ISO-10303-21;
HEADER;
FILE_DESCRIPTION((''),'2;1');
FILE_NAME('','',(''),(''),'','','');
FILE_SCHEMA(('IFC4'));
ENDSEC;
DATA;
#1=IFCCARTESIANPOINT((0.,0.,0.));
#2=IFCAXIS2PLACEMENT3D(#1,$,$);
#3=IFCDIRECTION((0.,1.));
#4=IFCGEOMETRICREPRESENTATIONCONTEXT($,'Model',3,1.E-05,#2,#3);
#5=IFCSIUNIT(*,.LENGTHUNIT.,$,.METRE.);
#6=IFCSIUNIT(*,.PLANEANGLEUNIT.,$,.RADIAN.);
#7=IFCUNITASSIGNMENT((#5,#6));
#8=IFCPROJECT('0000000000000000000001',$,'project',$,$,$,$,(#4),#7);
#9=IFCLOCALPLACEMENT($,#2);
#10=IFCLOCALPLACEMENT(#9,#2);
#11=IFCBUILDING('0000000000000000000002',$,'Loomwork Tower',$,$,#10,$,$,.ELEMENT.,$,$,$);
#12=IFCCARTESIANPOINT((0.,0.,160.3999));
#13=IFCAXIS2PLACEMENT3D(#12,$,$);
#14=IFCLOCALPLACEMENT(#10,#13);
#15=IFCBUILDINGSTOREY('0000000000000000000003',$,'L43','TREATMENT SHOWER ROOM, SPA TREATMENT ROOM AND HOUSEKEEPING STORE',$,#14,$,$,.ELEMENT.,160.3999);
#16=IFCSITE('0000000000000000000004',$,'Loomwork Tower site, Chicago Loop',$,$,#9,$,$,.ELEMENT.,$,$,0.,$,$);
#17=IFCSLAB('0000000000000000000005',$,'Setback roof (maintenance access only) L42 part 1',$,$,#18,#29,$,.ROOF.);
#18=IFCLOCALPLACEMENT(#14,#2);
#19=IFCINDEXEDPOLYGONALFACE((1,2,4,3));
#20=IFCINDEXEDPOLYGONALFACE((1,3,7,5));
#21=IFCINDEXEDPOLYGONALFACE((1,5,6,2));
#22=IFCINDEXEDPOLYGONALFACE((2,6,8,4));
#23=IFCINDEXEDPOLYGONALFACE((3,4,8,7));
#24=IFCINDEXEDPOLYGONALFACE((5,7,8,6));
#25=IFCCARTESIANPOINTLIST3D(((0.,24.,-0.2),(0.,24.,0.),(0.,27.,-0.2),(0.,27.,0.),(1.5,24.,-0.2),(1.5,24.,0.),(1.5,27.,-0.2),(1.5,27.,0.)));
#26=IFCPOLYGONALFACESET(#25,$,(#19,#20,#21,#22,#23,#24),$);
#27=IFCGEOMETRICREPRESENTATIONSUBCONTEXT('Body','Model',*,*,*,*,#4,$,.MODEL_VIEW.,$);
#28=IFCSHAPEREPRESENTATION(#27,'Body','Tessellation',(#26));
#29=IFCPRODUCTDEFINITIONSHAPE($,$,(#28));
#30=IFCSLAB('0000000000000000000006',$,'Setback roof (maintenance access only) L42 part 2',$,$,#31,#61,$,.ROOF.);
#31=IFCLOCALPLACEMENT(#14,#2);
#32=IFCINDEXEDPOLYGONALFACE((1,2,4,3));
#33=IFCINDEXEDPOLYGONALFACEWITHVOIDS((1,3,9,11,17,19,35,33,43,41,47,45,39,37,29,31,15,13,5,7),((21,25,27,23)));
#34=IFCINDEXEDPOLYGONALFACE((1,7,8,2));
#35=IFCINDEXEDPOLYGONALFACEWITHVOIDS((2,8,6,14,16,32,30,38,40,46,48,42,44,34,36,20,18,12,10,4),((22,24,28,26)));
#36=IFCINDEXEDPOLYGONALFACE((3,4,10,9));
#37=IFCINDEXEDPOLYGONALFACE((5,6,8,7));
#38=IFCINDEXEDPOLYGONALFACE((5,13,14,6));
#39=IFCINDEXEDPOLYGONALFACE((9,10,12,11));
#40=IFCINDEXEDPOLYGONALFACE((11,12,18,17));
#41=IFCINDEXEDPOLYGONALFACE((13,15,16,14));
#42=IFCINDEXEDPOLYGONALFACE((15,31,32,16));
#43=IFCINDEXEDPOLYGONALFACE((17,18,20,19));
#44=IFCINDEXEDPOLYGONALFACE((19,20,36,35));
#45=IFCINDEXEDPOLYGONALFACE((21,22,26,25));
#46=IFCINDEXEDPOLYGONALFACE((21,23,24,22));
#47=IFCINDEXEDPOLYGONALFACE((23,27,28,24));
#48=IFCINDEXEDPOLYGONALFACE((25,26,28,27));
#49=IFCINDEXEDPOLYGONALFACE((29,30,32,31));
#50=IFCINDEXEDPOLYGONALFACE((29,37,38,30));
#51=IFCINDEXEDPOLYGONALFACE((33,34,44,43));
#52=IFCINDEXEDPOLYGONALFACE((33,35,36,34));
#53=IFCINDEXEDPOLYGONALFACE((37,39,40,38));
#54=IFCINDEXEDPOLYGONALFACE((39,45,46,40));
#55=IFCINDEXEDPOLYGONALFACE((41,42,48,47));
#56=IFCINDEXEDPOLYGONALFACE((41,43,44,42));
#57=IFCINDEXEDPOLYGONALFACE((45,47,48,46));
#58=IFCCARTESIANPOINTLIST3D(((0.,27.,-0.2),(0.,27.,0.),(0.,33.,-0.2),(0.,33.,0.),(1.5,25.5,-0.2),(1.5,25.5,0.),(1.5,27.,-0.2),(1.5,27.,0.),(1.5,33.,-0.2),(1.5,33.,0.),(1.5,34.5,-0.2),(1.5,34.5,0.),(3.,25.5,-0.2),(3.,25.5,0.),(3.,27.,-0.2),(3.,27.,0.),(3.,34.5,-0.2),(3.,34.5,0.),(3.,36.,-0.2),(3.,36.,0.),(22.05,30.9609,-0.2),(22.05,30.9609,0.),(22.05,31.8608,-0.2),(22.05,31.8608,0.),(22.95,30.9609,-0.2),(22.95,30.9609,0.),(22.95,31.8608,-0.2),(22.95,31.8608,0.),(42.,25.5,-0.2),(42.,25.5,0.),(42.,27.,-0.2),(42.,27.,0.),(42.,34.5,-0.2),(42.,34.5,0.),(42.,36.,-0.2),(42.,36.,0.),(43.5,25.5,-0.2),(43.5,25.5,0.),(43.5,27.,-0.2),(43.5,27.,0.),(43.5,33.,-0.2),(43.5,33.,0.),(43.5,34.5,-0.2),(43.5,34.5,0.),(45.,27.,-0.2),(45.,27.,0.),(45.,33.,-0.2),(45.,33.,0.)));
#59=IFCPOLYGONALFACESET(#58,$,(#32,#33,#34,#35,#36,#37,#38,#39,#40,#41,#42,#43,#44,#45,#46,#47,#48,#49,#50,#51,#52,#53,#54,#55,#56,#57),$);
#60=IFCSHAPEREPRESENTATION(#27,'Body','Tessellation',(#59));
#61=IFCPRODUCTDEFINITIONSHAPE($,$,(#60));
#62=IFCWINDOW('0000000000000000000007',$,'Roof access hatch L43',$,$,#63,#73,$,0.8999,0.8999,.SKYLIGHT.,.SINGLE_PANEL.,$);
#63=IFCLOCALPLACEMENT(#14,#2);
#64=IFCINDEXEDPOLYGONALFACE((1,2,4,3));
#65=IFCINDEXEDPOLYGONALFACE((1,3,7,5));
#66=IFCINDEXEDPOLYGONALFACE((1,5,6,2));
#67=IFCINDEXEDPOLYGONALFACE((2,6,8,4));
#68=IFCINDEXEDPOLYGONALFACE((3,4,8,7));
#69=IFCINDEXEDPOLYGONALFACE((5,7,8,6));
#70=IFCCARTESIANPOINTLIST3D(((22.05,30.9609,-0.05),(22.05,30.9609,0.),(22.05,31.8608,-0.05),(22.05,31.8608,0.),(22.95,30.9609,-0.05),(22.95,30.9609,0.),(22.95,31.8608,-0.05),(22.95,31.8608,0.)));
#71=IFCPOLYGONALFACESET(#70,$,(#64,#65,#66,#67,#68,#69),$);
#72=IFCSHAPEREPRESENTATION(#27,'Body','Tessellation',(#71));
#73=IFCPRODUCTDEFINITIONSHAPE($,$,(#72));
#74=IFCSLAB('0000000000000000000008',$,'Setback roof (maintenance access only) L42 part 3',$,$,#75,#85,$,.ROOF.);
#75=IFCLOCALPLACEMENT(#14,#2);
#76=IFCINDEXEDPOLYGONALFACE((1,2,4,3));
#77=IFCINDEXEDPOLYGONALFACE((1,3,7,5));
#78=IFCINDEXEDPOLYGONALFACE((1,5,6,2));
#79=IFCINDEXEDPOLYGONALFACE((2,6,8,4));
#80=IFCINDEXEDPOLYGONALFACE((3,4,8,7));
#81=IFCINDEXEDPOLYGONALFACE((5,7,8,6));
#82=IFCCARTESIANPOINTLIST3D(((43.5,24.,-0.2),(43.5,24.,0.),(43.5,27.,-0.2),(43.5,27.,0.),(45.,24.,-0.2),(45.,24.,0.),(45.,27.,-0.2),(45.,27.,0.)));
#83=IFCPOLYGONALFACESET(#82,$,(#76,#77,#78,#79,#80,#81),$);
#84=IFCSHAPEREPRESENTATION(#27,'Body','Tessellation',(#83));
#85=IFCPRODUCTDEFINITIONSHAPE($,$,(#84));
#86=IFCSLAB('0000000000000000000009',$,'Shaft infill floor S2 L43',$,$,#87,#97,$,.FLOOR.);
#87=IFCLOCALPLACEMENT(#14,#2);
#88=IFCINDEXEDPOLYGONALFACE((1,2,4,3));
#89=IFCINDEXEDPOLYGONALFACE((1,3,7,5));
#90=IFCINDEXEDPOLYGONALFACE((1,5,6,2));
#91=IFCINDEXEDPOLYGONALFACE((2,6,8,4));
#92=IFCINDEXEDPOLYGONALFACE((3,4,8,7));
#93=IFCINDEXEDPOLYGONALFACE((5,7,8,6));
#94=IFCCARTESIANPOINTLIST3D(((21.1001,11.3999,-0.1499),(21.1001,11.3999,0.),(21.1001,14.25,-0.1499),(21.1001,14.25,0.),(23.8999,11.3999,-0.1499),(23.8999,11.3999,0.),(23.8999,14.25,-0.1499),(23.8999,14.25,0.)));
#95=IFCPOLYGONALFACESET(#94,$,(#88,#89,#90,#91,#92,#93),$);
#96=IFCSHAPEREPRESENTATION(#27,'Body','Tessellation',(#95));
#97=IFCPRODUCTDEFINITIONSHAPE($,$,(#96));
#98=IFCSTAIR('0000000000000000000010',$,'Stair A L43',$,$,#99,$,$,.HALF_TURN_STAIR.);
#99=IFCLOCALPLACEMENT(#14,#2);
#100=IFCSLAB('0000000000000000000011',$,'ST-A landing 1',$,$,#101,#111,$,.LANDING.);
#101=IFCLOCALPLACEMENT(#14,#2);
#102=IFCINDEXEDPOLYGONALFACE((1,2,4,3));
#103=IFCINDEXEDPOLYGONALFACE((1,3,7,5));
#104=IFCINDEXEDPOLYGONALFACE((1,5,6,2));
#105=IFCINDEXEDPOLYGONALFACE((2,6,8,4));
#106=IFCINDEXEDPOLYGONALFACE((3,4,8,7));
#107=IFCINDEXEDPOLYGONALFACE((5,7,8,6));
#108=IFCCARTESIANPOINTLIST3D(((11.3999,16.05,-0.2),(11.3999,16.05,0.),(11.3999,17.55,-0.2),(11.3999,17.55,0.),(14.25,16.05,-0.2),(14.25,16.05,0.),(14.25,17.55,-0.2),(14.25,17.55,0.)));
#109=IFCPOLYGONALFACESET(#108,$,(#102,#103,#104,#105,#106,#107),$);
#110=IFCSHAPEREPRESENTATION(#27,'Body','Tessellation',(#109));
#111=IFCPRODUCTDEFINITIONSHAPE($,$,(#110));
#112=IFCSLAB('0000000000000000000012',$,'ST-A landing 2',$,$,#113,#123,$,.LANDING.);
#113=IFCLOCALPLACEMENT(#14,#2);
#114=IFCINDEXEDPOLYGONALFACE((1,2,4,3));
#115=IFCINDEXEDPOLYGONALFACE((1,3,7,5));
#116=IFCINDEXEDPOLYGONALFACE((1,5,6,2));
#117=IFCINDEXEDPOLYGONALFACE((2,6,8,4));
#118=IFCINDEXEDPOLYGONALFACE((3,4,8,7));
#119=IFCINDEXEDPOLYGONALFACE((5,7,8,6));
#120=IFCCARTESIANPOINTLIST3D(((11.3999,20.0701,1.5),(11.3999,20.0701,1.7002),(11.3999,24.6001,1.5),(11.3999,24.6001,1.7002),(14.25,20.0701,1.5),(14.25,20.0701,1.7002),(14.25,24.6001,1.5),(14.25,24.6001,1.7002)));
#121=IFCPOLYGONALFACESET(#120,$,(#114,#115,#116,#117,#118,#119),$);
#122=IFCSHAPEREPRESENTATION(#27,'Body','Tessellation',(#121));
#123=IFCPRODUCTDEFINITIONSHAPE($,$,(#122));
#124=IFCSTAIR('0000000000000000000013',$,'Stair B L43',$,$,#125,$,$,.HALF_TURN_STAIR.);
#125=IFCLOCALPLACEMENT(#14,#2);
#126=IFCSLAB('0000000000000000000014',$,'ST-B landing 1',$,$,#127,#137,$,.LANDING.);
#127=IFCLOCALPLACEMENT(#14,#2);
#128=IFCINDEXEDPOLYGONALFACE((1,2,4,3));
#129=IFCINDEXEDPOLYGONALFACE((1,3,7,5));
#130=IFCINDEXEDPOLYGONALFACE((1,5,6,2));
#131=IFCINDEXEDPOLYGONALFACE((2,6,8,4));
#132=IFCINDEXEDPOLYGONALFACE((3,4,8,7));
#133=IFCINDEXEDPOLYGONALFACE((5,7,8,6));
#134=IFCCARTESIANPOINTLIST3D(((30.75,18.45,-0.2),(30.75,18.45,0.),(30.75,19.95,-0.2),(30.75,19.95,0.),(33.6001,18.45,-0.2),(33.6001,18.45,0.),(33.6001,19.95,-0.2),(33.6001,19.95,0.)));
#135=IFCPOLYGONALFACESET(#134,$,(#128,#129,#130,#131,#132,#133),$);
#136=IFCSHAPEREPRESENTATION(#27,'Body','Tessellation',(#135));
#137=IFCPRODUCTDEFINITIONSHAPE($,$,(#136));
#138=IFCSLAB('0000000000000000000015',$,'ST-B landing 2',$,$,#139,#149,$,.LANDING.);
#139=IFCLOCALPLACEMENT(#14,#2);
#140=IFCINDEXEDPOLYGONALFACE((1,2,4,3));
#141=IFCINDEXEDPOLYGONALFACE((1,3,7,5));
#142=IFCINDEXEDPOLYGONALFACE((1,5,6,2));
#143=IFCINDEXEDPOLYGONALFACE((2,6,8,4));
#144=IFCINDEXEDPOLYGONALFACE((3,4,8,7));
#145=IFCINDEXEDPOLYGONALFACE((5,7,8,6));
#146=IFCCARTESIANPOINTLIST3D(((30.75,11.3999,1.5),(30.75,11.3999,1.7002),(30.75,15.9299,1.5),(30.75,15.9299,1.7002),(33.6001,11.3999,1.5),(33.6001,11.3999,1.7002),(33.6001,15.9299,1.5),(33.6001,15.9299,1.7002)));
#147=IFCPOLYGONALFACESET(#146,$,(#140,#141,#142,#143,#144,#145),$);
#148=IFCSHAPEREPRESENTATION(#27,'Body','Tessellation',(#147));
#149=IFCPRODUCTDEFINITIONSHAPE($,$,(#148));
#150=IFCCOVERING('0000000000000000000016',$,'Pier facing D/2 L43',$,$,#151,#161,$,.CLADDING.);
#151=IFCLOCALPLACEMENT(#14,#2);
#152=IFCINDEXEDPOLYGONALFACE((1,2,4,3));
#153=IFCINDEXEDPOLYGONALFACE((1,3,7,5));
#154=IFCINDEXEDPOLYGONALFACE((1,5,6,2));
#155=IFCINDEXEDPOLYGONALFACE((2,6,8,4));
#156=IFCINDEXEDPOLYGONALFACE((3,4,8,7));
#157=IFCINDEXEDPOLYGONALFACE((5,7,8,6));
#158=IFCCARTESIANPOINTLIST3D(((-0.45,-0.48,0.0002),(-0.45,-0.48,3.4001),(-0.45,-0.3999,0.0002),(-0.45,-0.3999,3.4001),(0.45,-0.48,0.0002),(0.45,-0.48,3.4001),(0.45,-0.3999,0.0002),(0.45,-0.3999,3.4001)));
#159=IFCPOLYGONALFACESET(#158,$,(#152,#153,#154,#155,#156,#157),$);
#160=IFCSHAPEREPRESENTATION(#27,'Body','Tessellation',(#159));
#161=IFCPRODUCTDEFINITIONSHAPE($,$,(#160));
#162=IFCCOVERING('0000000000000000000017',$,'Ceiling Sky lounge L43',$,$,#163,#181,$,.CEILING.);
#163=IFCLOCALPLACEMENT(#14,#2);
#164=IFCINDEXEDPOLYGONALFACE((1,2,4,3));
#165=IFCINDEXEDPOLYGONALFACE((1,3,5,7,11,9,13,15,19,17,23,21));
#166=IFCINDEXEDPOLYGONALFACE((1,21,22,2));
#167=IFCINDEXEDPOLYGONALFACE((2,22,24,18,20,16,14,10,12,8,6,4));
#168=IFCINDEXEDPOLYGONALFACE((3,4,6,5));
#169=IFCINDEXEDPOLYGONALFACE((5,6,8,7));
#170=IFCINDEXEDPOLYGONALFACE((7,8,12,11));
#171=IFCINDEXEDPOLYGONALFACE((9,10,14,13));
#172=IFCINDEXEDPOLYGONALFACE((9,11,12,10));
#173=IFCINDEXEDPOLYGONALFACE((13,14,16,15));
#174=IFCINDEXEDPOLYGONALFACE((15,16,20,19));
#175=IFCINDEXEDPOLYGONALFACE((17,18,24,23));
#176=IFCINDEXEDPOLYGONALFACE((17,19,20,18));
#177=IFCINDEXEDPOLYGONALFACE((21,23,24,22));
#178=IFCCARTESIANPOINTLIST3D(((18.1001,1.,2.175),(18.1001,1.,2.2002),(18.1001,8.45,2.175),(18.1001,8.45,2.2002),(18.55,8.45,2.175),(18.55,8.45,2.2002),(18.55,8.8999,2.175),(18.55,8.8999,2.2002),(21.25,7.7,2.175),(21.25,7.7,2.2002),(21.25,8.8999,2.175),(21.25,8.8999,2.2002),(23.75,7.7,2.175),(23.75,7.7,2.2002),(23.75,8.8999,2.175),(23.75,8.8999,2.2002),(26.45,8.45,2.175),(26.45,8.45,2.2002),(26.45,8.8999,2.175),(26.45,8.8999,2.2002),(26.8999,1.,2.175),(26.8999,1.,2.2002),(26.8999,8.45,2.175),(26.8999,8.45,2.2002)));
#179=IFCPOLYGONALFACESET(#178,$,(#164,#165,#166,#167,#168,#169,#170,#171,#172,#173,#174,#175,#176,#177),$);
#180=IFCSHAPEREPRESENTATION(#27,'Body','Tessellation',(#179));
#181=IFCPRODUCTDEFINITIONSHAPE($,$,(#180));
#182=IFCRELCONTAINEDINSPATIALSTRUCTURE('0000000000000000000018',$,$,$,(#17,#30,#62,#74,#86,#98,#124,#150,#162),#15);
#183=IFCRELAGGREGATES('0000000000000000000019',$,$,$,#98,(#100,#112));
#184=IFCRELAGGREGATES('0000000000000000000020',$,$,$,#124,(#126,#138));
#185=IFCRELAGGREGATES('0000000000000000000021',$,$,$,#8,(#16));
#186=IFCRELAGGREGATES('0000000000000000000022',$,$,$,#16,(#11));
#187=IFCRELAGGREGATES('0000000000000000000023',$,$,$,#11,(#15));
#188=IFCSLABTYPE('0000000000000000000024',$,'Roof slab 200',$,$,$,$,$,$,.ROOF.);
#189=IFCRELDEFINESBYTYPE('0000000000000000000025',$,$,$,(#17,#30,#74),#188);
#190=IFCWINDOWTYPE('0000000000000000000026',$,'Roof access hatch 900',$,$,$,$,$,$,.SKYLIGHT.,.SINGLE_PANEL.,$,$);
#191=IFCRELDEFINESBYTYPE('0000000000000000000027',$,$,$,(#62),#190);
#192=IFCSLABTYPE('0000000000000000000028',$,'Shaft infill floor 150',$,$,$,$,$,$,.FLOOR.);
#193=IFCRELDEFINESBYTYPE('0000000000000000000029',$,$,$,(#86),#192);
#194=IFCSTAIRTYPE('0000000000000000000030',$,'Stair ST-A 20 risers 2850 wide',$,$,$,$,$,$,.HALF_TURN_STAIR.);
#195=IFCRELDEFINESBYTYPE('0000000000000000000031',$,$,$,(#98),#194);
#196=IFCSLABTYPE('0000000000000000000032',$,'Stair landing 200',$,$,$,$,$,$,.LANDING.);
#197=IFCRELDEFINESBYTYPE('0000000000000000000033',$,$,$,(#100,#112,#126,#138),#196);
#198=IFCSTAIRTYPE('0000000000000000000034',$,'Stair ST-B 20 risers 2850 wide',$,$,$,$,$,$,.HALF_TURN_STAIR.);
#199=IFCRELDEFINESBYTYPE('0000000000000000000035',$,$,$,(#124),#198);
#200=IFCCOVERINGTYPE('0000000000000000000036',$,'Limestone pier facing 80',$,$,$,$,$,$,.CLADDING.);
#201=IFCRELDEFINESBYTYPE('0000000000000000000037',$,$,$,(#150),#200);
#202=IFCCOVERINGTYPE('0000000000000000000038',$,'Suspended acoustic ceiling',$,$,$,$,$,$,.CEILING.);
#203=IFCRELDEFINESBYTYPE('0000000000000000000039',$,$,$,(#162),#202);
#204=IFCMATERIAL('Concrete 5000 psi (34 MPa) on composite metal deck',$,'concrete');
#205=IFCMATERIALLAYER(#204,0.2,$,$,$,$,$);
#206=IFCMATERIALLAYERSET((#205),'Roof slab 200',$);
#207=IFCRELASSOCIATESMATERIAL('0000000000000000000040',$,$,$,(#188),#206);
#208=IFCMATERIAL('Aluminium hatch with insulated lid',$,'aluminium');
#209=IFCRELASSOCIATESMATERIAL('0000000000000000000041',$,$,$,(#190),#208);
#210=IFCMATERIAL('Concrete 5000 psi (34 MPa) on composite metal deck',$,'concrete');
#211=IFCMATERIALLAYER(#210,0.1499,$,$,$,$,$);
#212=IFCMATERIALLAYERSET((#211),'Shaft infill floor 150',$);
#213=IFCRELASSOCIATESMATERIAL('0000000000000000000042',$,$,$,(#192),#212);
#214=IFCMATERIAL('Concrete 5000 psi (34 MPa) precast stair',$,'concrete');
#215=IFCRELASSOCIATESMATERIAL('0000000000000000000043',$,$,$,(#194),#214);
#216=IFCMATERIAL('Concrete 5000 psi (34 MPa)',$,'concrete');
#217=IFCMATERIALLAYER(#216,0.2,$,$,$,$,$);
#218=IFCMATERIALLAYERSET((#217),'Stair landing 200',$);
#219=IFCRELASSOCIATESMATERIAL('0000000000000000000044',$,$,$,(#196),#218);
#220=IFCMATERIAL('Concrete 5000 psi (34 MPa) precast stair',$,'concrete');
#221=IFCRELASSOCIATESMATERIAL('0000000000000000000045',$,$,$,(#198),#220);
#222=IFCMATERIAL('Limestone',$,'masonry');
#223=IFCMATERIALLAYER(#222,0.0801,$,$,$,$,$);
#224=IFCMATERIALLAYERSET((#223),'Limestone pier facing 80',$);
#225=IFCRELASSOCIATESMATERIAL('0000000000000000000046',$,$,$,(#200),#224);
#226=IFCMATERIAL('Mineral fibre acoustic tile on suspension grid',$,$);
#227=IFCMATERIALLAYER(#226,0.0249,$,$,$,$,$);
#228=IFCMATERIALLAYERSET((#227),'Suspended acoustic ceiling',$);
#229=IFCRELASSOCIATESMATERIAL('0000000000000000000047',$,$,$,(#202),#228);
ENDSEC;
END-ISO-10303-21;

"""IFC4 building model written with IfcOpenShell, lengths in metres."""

from ifc_helpers import new_model, si_unit, direction, frame, origin, origin_2d, place, context, subcontext, project, spatial, polyline, rectangle, outline, extrude, material, layer, layer_set, type_object, element, fill, aggregate, save


model = new_model("IFC4")

# Units and contexts
model_context = context("Model", 3, precision=1e-05, world=origin(), true_north=direction((0.0, 1.0)))
body_context = subcontext(model_context, "Body", "Model", "MODEL_VIEW")
ifc_project = project(units=[si_unit("LENGTHUNIT", "METRE"), si_unit("PLANEANGLEUNIT", "RADIAN")], contexts=[model_context])

# Site, building, storey
site_placement = place(None, origin())
site = spatial("IfcSite", under=ifc_project, at=site_placement, Name="Loomwork Tower site, Chicago Loop", CompositionType="ELEMENT", RefElevation=0.0)
building_placement = place(site_placement, origin())
building = spatial("IfcBuilding", under=site, at=building_placement, Name="Loomwork Tower", CompositionType="ELEMENT")
storey_placement = place(building_placement, frame((0.0, 0.0, 160.3999)))
storey = spatial("IfcBuildingStorey", under=building, at=storey_placement, Name="L43", Description="TREATMENT SHOWER ROOM, SPA TREATMENT ROOM AND HOUSEKEEPING STORE", CompositionType="ELEMENT", Elevation=160.3999)

# Slab
ifc_material_1 = material(Name="Concrete 5000 psi (34 MPa) on composite metal deck", Category="concrete")
ifc_layer_1 = layer(ifc_material_1, 0.2)
ifc_layer_set_1 = layer_set([ifc_layer_1], Name="Roof slab 200")
slab_type_1 = type_object("IfcSlabType", Name="Roof slab 200", PredefinedType="ROOF", material=ifc_layer_set_1)
slab_1_placement = place(storey_placement, frame((0.0, 0.0, -0.2)))
element("IfcSlab", 1, at=slab_1_placement, inside=storey, type_object=slab_type_1, Name="Setback roof (maintenance access only) L42 part 1", PredefinedType="ROOF", context=body_context, shape_type="SweptSolid", body=[
    extrude(outline(polyline([(1.5, 24.0), (0.0, 24.0), (0.0, 27.0), (1.5, 27.0), (1.5, 24.0)])), origin(), (0.0, 0.0, 1.0), 0.2),
])

# Slab, opening, window
slab_2_placement = place(storey_placement, frame((0.0, 0.0, -0.2)))
slab_2 = element("IfcSlab", 2, at=slab_2_placement, inside=storey, type_object=slab_type_1, Name="Setback roof (maintenance access only) L42 part 2", PredefinedType="ROOF", context=body_context, shape_type="SweptSolid", body=[
    extrude(outline(polyline([(3.0, 25.5), (1.5, 25.5), (1.5, 27.0), (0.0, 27.0), (0.0, 33.0), (1.5, 33.0), (1.5, 34.5), (3.0, 34.5), (3.0, 36.0), (42.0, 36.0), (42.0, 34.5), (43.5, 34.5), (43.5, 33.0), (45.0, 33.0), (45.0, 27.0), (43.5, 27.0), (43.5, 25.5), (42.0, 25.5), (42.0, 27.0), (3.0, 27.0), (3.0, 25.5)])), origin(), (0.0, 0.0, 1.0), 0.2),
])
opening_placement = place(slab_2_placement, frame((22.5, 31.4109, 0.0)))
opening = element("IfcOpeningElement", 3, at=opening_placement, cuts=slab_2, PredefinedType="OPENING", context=body_context, shape_type="SweptSolid", body=[
    extrude(rectangle(XDim=0.8999, YDim=0.8999, at=origin_2d()), origin(), (0.0, 0.0, 1.0), 0.2),
])
ifc_material_2 = material(Name="Aluminium hatch with insulated lid", Category="aluminium")
window_type = type_object("IfcWindowType", Name="Roof access hatch 900", PartitioningType="SINGLE_PANEL", PredefinedType="SKYLIGHT", material=ifc_material_2)
window_placement = place(opening_placement, frame((0.0, 0.0, 0.1499)))
window = element("IfcWindow", 4, at=window_placement, inside=storey, type_object=window_type, Name="Roof access hatch L43", OverallHeight=0.8999, OverallWidth=0.8999, PartitioningType="SINGLE_PANEL", PredefinedType="SKYLIGHT", context=body_context, shape_type="SweptSolid", body=[
    extrude(rectangle(XDim=0.8999, YDim=0.8999, at=origin_2d()), origin(), (0.0, 0.0, 1.0), 0.05),
])
fill(opening, window)

# Slabs
slab_3_placement = place(storey_placement, frame((0.0, 0.0, -0.2)))
element("IfcSlab", 5, at=slab_3_placement, inside=storey, type_object=slab_type_1, Name="Setback roof (maintenance access only) L42 part 3", PredefinedType="ROOF", context=body_context, shape_type="SweptSolid", body=[
    extrude(outline(polyline([(45.0, 24.0), (43.5, 24.0), (43.5, 27.0), (45.0, 27.0), (45.0, 24.0)])), origin(), (0.0, 0.0, 1.0), 0.2),
])
ifc_material_3 = material(Name="Concrete 5000 psi (34 MPa) on composite metal deck", Category="concrete")
ifc_layer_2 = layer(ifc_material_3, 0.1499)
ifc_layer_set_2 = layer_set([ifc_layer_2], Name="Shaft infill floor 150")
slab_type_2 = type_object("IfcSlabType", Name="Shaft infill floor 150", PredefinedType="FLOOR", material=ifc_layer_set_2)
slab_4_placement = place(storey_placement, frame((0.0, 0.0, -0.1499)))
element("IfcSlab", 6, at=slab_4_placement, inside=storey, type_object=slab_type_2, Name="Shaft infill floor S2 L43", PredefinedType="FLOOR", context=body_context, shape_type="SweptSolid", body=[
    extrude(outline(polyline([(21.1001, 11.3999), (23.8999, 11.3999), (23.8999, 14.25), (21.1001, 14.25), (21.1001, 11.3999)])), origin(), (0.0, 0.0, 1.0), 0.1499),
])

# Stairs, slabs
ifc_material_4 = material(Name="Concrete 5000 psi (34 MPa) precast stair", Category="concrete")
stair_type_1 = type_object("IfcStairType", Name="Stair ST-A 20 risers 2850 wide", PredefinedType="HALF_TURN_STAIR", material=ifc_material_4)
stair_1_placement = place(storey_placement, origin())
stair_1 = element("IfcStair", 7, at=stair_1_placement, inside=storey, type_object=stair_type_1, Name="Stair A L43", PredefinedType="HALF_TURN_STAIR")
ifc_material_5 = material(Name="Concrete 5000 psi (34 MPa)", Category="concrete")
ifc_layer_3 = layer(ifc_material_5, 0.2)
ifc_layer_set_3 = layer_set([ifc_layer_3], Name="Stair landing 200")
slab_type_3 = type_object("IfcSlabType", Name="Stair landing 200", PredefinedType="LANDING", material=ifc_layer_set_3)
slab_5_placement = place(storey_placement, frame((0.0, 0.0, -0.2)))
slab_5 = element("IfcSlab", 8, at=slab_5_placement, type_object=slab_type_3, Name="ST-A landing 1", PredefinedType="LANDING", context=body_context, shape_type="SweptSolid", body=[
    extrude(outline(polyline([(11.3999, 16.05), (14.25, 16.05), (14.25, 17.55), (11.3999, 17.55), (11.3999, 16.05)])), origin(), (0.0, 0.0, 1.0), 0.2),
])
slab_6_placement = place(storey_placement, frame((0.0, 0.0, 1.5)))
slab_6 = element("IfcSlab", 9, at=slab_6_placement, type_object=slab_type_3, Name="ST-A landing 2", PredefinedType="LANDING", context=body_context, shape_type="SweptSolid", body=[
    extrude(outline(polyline([(11.3999, 20.0701), (14.25, 20.0701), (14.25, 24.6001), (11.3999, 24.6001), (11.3999, 20.0701)])), origin(), (0.0, 0.0, 1.0), 0.2002),
])
aggregate(stair_1, [slab_5, slab_6])
ifc_material_6 = material(Name="Concrete 5000 psi (34 MPa) precast stair", Category="concrete")
stair_type_2 = type_object("IfcStairType", Name="Stair ST-B 20 risers 2850 wide", PredefinedType="HALF_TURN_STAIR", material=ifc_material_6)
stair_2_placement = place(storey_placement, origin())
stair_2 = element("IfcStair", 10, at=stair_2_placement, inside=storey, type_object=stair_type_2, Name="Stair B L43", PredefinedType="HALF_TURN_STAIR")
slab_7_placement = place(storey_placement, frame((0.0, 0.0, -0.2)))
slab_7 = element("IfcSlab", 11, at=slab_7_placement, type_object=slab_type_3, Name="ST-B landing 1", PredefinedType="LANDING", context=body_context, shape_type="SweptSolid", body=[
    extrude(outline(polyline([(30.75, 18.45), (33.6001, 18.45), (33.6001, 19.95), (30.75, 19.95), (30.75, 18.45)])), origin(), (0.0, 0.0, 1.0), 0.2),
])
slab_8_placement = place(storey_placement, frame((0.0, 0.0, 1.5)))
slab_8 = element("IfcSlab", 12, at=slab_8_placement, type_object=slab_type_3, Name="ST-B landing 2", PredefinedType="LANDING", context=body_context, shape_type="SweptSolid", body=[
    extrude(outline(polyline([(30.75, 11.3999), (33.6001, 11.3999), (33.6001, 15.9299), (30.75, 15.9299), (30.75, 11.3999)])), origin(), (0.0, 0.0, 1.0), 0.2002),
])
aggregate(stair_2, [slab_7, slab_8])

# Coverings
ifc_material_7 = material(Name="Limestone", Category="masonry")
ifc_layer_4 = layer(ifc_material_7, 0.0801)
ifc_layer_set_4 = layer_set([ifc_layer_4], Name="Limestone pier facing 80")
covering_type_1 = type_object("IfcCoveringType", Name="Limestone pier facing 80", PredefinedType="CLADDING", material=ifc_layer_set_4)
covering_1_placement = place(storey_placement, frame((0.0, -0.4399, 0.0002), z_axis=(0.0, 0.0, 1.0), x_axis=(1.0, 0.0, 0.0)))
element("IfcCovering", 13, at=covering_1_placement, inside=storey, type_object=covering_type_1, Name="Pier facing D/2 L43", PredefinedType="CLADDING", context=body_context, shape_type="SweptSolid", body=[
    extrude(rectangle(XDim=0.8999, YDim=0.0801, at=origin_2d()), origin(), (0.0, 0.0, 1.0), 3.3999),
])
ifc_material_8 = material(Name="Mineral fibre acoustic tile on suspension grid")
ifc_layer_5 = layer(ifc_material_8, 0.0249)
ifc_layer_set_5 = layer_set([ifc_layer_5], Name="Suspended acoustic ceiling")
covering_type_2 = type_object("IfcCoveringType", Name="Suspended acoustic ceiling", PredefinedType="CEILING", material=ifc_layer_set_5)
covering_2_placement = place(storey_placement, frame((0.0, 0.0, 2.175)))
element("IfcCovering", 14, at=covering_2_placement, inside=storey, type_object=covering_type_2, Name="Ceiling Sky lounge L43", PredefinedType="CEILING", context=body_context, shape_type="SweptSolid", body=[
    extrude(outline(polyline([(21.25, 7.7), (23.75, 7.7), (23.75, 8.8999), (26.45, 8.8999), (26.45, 8.45), (26.8999, 8.45), (26.8999, 1.0), (18.1001, 1.0), (18.1001, 8.45), (18.55, 8.45), (18.55, 8.8999), (21.25, 8.8999), (21.25, 7.7)])), origin(), (0.0, 0.0, 1.0), 0.0251),
])

save(model, "model.ifc")
